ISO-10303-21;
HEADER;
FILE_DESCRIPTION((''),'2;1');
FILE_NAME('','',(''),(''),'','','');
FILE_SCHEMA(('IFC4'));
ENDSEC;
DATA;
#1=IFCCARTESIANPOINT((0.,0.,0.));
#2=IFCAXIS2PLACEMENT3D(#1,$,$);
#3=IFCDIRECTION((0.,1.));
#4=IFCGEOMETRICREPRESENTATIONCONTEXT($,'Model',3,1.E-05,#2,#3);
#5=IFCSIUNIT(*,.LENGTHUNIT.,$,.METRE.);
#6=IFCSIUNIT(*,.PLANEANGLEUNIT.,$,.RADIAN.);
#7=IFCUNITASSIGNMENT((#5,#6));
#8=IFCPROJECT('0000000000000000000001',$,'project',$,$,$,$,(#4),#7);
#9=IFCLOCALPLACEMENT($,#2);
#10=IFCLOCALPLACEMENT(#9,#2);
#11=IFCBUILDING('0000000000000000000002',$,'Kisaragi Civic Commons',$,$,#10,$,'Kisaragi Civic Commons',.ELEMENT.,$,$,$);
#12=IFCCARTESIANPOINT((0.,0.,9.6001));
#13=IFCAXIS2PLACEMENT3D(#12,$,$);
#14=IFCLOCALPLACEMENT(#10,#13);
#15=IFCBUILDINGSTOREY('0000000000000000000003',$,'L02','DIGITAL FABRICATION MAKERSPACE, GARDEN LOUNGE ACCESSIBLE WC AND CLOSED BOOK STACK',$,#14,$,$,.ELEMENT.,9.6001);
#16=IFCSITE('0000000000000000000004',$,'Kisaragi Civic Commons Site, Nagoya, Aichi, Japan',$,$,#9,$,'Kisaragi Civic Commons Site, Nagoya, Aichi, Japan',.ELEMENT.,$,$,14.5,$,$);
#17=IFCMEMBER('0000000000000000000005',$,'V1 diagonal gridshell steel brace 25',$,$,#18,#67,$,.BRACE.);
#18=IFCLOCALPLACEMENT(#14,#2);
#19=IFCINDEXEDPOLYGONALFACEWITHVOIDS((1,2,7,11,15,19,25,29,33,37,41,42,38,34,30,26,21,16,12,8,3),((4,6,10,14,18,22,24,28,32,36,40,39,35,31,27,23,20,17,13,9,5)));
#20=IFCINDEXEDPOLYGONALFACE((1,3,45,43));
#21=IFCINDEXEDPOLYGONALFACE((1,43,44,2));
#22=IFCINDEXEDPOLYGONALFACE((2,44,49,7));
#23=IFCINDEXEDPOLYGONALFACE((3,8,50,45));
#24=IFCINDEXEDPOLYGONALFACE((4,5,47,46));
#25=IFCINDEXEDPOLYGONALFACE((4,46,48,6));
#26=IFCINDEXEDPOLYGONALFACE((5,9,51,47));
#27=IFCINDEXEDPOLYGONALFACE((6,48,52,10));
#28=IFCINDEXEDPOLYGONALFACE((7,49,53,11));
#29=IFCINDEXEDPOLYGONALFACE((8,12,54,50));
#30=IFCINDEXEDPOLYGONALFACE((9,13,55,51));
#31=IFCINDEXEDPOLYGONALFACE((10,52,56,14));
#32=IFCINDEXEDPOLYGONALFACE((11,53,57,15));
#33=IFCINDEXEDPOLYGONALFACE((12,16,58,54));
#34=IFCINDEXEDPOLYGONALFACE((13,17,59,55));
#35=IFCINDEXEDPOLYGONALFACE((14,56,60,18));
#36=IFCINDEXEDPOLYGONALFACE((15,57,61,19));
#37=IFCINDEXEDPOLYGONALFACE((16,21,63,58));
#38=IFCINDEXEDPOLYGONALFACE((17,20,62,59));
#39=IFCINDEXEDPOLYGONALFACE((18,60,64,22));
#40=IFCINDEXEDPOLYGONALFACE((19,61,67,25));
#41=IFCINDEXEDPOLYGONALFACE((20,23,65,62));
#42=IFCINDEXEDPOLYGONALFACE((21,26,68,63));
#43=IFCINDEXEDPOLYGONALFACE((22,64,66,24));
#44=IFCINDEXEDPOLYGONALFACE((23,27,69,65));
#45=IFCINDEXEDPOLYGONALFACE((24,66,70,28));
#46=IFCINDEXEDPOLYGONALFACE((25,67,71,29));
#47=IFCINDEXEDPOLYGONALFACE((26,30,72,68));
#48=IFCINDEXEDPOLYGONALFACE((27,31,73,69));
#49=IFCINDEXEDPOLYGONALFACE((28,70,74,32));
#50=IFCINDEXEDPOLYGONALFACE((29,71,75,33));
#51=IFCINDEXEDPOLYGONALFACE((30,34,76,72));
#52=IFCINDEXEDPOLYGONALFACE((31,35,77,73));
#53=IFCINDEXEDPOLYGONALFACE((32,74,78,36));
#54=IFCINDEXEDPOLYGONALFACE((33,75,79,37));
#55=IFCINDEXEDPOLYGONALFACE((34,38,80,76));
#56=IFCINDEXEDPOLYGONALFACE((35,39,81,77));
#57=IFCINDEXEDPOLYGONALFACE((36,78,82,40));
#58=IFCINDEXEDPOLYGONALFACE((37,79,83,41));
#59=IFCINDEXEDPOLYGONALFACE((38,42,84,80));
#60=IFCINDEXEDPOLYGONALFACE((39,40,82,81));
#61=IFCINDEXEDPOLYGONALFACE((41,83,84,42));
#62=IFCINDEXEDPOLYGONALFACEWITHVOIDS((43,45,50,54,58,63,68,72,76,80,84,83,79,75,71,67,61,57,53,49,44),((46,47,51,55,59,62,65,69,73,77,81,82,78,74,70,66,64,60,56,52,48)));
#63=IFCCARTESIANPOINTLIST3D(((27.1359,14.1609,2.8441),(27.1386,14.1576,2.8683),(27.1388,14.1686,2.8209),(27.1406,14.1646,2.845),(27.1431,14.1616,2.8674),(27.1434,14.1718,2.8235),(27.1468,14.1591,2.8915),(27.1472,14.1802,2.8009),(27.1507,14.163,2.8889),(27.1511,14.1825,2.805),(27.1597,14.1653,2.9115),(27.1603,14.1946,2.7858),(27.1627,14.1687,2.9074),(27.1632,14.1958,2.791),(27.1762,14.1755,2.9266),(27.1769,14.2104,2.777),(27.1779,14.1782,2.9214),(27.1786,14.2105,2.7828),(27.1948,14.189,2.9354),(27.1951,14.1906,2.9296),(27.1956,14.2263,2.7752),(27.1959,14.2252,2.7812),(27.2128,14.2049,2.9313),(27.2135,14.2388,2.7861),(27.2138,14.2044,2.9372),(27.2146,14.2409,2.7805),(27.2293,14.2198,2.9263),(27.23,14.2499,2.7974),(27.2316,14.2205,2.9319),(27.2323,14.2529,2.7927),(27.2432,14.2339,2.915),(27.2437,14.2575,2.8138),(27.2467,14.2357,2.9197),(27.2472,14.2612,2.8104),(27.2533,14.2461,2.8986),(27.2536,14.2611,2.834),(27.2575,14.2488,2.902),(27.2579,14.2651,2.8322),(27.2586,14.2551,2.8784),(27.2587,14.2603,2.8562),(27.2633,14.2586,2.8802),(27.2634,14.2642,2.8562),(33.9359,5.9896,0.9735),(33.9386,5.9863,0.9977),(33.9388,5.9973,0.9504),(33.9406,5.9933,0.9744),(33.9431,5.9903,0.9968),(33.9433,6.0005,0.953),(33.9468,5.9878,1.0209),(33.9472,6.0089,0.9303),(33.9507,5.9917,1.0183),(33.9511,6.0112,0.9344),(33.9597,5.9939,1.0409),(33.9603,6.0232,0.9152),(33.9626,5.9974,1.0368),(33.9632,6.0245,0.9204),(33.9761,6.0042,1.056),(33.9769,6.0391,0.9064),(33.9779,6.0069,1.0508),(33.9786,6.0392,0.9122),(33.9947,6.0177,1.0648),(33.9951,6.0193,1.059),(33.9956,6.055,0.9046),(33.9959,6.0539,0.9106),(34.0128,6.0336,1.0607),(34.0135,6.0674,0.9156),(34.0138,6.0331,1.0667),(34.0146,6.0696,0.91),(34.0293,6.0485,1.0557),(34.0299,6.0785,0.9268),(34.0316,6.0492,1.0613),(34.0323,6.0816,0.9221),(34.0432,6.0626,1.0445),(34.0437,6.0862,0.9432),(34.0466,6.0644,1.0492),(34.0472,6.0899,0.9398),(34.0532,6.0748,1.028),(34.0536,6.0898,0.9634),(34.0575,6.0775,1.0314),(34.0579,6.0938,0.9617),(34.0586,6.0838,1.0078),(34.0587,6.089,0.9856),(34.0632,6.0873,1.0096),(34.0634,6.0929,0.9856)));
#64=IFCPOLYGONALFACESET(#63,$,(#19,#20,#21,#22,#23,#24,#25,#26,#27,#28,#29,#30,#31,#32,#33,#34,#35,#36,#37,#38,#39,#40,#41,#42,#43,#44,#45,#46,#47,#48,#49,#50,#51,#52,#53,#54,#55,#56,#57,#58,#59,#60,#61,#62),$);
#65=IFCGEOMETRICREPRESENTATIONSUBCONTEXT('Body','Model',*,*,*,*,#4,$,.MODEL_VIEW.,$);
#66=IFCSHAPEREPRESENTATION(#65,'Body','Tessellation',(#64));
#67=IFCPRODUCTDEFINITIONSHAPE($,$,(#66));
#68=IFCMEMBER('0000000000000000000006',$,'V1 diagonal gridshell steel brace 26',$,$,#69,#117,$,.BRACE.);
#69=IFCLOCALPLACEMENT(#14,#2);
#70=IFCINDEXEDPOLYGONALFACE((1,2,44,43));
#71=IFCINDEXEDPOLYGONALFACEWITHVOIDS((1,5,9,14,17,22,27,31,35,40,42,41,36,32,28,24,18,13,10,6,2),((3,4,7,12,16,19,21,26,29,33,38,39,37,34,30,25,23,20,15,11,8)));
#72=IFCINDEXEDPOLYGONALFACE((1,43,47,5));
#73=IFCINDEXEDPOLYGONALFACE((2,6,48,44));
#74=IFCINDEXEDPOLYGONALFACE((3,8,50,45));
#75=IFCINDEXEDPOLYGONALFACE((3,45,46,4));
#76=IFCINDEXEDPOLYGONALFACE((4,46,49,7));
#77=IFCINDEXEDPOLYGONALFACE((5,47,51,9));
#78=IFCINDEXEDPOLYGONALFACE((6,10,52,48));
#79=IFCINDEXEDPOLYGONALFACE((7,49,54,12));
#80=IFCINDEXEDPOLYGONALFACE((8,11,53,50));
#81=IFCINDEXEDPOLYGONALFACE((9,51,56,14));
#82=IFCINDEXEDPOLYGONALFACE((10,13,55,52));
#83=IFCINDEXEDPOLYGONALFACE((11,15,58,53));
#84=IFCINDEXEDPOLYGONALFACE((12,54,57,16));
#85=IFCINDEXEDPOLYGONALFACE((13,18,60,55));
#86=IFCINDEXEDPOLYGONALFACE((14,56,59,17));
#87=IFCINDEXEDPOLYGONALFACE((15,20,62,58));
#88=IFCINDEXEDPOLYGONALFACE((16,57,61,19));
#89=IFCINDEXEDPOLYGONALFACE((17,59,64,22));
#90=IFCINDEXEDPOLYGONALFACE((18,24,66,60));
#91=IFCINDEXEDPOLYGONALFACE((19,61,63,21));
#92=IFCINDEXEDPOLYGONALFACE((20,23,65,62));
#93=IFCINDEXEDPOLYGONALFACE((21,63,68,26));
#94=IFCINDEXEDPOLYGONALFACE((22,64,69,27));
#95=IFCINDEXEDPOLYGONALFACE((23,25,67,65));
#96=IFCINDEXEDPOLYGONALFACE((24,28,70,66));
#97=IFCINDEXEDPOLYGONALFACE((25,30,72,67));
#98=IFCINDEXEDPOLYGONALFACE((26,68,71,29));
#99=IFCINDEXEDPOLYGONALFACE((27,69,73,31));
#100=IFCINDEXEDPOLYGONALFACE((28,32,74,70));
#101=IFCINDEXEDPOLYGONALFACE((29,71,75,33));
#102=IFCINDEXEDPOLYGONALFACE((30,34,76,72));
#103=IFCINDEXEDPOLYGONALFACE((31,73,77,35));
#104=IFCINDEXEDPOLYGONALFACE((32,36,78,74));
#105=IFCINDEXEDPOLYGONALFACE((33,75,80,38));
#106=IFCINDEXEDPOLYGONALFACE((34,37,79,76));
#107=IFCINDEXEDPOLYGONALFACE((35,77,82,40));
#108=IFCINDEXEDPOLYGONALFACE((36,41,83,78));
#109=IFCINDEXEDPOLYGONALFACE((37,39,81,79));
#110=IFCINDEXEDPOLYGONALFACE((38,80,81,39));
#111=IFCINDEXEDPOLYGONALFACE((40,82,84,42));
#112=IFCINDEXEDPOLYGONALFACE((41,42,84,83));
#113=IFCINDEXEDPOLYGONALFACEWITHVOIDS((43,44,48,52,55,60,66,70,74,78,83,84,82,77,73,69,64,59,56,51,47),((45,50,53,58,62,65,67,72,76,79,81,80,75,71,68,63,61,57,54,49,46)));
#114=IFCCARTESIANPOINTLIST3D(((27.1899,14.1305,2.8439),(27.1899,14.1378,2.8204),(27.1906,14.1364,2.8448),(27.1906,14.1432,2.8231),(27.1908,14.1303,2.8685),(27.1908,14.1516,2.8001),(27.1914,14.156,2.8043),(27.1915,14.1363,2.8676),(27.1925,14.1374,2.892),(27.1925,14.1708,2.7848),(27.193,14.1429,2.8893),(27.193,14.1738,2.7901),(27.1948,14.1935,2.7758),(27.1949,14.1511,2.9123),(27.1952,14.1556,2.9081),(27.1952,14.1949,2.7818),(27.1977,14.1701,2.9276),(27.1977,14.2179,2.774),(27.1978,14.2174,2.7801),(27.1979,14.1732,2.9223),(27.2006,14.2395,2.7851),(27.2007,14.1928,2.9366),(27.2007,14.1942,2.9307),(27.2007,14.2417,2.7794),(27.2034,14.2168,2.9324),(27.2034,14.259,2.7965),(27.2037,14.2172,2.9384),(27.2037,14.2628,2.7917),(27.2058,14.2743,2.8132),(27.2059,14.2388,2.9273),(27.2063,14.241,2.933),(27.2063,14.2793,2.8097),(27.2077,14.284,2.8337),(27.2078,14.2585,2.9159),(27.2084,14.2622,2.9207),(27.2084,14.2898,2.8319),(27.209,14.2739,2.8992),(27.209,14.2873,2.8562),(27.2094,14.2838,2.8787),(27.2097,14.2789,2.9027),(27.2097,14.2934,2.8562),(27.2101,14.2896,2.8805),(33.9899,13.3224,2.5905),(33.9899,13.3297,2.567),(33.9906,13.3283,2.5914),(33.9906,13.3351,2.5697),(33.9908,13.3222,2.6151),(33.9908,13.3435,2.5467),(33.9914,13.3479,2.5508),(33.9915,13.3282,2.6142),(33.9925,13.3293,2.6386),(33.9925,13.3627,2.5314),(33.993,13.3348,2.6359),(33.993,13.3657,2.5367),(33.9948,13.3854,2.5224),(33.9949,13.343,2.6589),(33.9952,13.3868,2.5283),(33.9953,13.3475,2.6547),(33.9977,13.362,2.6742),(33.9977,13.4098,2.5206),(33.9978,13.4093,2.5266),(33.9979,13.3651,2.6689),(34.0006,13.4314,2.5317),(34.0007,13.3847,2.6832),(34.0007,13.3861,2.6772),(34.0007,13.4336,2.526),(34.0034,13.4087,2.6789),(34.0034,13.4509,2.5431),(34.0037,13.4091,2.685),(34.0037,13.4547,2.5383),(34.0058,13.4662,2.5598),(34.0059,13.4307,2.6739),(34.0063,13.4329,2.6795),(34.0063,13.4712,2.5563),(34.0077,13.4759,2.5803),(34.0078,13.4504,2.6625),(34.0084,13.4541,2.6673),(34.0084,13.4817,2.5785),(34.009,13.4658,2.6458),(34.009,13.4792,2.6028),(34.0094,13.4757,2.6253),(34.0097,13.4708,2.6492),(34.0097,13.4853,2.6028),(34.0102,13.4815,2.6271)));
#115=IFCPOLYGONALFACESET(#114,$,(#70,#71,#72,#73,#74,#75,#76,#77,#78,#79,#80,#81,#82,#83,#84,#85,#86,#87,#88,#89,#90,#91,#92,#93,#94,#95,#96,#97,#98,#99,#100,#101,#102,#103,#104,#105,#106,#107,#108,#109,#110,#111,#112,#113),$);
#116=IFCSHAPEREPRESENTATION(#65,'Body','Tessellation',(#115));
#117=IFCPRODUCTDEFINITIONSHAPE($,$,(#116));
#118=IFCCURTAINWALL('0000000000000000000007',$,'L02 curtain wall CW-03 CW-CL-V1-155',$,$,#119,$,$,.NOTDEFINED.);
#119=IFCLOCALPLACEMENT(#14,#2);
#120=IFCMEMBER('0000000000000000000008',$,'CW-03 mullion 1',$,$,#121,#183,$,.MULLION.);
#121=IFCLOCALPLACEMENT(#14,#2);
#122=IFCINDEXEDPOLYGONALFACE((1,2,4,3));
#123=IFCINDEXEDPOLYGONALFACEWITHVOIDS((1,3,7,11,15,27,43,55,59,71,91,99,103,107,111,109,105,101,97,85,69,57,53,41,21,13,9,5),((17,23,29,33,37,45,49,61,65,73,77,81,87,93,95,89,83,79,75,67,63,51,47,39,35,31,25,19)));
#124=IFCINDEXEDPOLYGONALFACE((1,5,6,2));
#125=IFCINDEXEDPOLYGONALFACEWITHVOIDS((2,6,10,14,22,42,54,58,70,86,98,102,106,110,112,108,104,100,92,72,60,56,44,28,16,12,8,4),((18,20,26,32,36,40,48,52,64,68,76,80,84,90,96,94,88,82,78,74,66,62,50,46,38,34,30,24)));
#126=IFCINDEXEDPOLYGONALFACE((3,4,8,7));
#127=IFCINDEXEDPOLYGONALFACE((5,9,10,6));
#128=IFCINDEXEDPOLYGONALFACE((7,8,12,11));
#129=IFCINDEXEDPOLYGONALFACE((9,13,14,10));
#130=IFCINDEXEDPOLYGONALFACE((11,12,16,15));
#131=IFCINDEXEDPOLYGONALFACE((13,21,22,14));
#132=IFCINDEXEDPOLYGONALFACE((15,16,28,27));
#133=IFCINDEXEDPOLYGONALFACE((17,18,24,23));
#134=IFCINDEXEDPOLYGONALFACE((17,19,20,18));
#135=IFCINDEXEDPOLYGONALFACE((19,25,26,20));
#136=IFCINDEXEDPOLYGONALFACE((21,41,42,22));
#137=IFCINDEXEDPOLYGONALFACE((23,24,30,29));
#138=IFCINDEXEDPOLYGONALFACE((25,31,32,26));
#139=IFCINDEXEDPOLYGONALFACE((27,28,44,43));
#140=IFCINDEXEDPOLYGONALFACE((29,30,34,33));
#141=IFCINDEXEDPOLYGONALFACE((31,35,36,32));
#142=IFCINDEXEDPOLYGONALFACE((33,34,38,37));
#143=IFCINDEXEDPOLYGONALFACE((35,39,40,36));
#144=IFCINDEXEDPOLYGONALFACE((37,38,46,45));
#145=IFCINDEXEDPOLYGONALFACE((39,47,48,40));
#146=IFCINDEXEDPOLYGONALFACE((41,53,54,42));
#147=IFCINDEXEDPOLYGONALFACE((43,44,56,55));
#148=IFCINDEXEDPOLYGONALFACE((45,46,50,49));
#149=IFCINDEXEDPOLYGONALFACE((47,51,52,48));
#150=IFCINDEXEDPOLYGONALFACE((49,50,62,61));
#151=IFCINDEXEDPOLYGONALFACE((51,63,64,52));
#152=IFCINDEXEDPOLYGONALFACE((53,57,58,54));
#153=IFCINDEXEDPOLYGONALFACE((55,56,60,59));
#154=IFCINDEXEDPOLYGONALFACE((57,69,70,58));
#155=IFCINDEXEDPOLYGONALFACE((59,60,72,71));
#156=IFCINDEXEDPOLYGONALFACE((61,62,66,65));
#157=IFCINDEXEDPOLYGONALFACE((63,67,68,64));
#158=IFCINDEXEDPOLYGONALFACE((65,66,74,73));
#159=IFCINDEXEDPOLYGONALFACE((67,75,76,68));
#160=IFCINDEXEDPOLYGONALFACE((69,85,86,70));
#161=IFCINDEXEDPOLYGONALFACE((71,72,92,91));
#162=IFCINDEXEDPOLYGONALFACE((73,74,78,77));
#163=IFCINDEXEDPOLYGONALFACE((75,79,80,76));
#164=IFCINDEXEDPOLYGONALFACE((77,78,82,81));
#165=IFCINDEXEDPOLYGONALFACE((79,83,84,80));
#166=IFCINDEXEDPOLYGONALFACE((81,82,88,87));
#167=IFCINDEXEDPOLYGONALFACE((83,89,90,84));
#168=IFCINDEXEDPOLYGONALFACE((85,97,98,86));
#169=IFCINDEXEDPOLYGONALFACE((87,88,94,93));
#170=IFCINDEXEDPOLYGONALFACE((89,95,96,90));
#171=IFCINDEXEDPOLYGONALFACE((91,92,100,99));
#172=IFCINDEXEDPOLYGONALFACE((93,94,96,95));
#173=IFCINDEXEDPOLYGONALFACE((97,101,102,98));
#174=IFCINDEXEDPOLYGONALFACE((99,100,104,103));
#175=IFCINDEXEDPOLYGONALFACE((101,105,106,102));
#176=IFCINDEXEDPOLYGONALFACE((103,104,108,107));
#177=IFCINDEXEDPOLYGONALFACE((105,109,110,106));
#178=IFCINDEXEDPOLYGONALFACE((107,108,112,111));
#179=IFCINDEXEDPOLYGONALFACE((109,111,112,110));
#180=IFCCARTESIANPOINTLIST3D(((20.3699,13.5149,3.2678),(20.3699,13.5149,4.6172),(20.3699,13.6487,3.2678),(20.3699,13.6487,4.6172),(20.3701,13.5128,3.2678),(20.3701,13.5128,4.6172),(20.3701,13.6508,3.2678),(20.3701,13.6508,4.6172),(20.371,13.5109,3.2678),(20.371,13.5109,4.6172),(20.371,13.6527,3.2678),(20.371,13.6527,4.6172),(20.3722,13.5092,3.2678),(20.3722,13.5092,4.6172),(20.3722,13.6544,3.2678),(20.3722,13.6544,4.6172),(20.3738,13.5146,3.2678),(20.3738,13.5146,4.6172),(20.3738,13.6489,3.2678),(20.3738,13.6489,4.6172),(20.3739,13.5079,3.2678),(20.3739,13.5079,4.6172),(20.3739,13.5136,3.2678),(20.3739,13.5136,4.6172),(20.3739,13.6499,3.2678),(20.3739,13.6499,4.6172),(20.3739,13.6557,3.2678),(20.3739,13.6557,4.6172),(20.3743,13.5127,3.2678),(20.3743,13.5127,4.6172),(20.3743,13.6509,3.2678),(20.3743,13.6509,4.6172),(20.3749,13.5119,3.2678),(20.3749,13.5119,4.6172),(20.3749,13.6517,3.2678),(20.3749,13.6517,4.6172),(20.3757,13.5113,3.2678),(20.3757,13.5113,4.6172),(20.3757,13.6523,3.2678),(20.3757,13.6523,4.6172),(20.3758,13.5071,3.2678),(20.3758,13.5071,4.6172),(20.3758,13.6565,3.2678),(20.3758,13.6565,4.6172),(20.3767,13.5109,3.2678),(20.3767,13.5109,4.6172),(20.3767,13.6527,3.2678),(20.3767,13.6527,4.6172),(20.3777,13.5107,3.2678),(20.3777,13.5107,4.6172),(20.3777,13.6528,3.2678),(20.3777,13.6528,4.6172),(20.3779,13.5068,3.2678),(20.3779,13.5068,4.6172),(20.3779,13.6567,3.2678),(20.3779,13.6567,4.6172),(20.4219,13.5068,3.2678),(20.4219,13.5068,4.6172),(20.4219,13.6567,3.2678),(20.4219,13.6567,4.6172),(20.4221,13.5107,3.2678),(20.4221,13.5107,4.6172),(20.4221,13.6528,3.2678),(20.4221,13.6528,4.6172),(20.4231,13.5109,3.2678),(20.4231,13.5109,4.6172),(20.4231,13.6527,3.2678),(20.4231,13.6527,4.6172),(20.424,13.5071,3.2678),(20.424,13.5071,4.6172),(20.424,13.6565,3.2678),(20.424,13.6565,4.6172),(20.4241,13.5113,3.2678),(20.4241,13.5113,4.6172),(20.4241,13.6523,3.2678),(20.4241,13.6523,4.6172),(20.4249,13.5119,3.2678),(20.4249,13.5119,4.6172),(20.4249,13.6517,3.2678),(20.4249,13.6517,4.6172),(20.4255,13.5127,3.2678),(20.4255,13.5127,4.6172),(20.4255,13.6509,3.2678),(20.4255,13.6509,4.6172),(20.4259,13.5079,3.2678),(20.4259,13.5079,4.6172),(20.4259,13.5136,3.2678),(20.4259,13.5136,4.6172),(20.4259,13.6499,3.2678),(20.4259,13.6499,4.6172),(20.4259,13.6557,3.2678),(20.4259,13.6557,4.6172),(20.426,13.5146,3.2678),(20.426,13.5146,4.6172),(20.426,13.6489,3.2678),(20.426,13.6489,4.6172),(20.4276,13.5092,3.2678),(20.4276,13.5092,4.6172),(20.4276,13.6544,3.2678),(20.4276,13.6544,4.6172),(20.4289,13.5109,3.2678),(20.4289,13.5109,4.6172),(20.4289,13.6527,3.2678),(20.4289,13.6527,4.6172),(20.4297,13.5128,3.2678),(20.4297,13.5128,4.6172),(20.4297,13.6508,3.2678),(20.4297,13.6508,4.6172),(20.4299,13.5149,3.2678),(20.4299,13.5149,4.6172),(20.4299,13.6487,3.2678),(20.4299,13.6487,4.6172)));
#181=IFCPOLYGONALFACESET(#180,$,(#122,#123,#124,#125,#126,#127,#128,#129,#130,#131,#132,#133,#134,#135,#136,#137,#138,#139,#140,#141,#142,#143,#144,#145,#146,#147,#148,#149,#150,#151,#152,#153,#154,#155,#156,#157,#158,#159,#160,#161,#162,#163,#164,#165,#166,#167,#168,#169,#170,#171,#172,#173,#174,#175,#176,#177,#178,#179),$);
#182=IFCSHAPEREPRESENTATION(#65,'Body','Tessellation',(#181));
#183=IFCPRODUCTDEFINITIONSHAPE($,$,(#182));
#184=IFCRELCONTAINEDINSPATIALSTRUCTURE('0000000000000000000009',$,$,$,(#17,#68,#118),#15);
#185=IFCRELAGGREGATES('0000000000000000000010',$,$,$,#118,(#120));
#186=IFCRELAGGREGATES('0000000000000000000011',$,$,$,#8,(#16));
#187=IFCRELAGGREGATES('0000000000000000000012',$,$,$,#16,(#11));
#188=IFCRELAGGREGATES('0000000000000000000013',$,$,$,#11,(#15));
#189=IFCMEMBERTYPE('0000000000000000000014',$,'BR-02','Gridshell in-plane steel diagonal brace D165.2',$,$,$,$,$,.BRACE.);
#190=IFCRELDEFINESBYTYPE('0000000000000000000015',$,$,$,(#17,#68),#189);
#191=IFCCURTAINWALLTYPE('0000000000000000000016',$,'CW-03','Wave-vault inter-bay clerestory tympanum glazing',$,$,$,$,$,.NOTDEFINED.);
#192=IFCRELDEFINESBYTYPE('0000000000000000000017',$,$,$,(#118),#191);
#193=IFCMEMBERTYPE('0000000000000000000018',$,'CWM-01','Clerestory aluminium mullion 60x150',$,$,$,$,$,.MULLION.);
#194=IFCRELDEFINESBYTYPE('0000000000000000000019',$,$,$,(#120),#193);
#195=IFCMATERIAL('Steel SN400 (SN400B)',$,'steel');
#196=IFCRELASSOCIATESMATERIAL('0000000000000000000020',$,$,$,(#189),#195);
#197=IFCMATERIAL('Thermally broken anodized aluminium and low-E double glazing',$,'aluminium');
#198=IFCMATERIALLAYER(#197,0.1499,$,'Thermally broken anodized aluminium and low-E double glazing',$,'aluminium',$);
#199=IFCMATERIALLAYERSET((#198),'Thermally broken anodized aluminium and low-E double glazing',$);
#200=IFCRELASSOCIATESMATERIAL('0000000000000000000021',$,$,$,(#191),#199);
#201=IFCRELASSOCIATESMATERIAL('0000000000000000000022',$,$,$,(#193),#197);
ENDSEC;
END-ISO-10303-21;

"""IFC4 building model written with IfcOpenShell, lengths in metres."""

from ifc_helpers import new_model, si_unit, direction, frame, origin, origin_2d, place, context, subcontext, project, spatial, hollow_rectangle, hollow_circle, extrude, material, layer, layer_set, material_profile, profile_set, type_object, element, aggregate, save


model = new_model("IFC4")

# Units and contexts
model_context = context("Model", 3, precision=1e-05, world=origin(), true_north=direction((0.0, 1.0)))
body_context = subcontext(model_context, "Body", "Model", "MODEL_VIEW")
ifc_project = project(units=[si_unit("LENGTHUNIT", "METRE"), si_unit("PLANEANGLEUNIT", "RADIAN")], contexts=[model_context])

# Site, building, storey
site_placement = place(None, origin())
site = spatial("IfcSite", under=ifc_project, at=site_placement, Name="Kisaragi Civic Commons Site, Nagoya, Aichi, Japan", LongName="Kisaragi Civic Commons Site, Nagoya, Aichi, Japan", CompositionType="ELEMENT", RefElevation=14.5)
building_placement = place(site_placement, origin())
building = spatial("IfcBuilding", under=site, at=building_placement, Name="Kisaragi Civic Commons", LongName="Kisaragi Civic Commons", CompositionType="ELEMENT")
storey_placement = place(building_placement, frame((0.0, 0.0, 9.6001)))
storey = spatial("IfcBuildingStorey", under=building, at=storey_placement, Name="L02", Description="DIGITAL FABRICATION MAKERSPACE, GARDEN LOUNGE ACCESSIBLE WC AND CLOSED BOOK STACK", CompositionType="ELEMENT", Elevation=9.6001)

# Members
ifc_material_1 = material(Name="Steel SN400 (SN400B)", Category="steel")
ifc_material_profile_1 = material_profile(ifc_material_1, hollow_circle(Radius=0.0825, WallThickness=0.0061, at=origin_2d()), Name="CHS-165.2x6.0", Category="steel")
ifc_profile_set_1 = profile_set([ifc_material_profile_1], Name="Steel SN400 (SN400B)")
member_type_1 = type_object("IfcMemberType", Name="BR-02", Description="Gridshell in-plane steel diagonal brace D165.2", PredefinedType="BRACE", material=ifc_profile_set_1)
member_1_placement = place(storey_placement, frame((27.2, 14.2114, 2.8562), z_axis=(0.629982, -0.757027, -0.1733), x_axis=(0.768658, 0.63966, 0.0)))
element("IfcMember", 1, at=member_1_placement, inside=storey, type_object=member_type_1, Name="V1 diagonal gridshell steel brace 25", PredefinedType="BRACE", context=body_context, shape_type="SweptSolid", body=[
    extrude(hollow_circle(Radius=0.0825, WallThickness=0.0061, at=origin_2d()), origin(), (0.0, 0.0, 1.0), 10.7939),
])
member_2_placement = place(storey_placement, frame((27.2, 14.2114, 2.8562), z_axis=(0.992333, -0.117927, -0.036981), x_axis=(0.118008, 0.993013, 0.0)))
element("IfcMember", 2, at=member_2_placement, inside=storey, type_object=member_type_1, Name="V1 diagonal gridshell steel brace 26", PredefinedType="BRACE", context=body_context, shape_type="SweptSolid", body=[
    extrude(hollow_circle(Radius=0.0825, WallThickness=0.0061, at=origin_2d()), origin(), (0.0, 0.0, 1.0), 6.8525),
])

# Curtain wall, member
ifc_material_2 = material(Name="Thermally broken anodized aluminium and low-E double glazing", Category="aluminium")
ifc_layer_1 = layer(ifc_material_2, 0.1499, Name="Thermally broken anodized aluminium and low-E double glazing", Category="aluminium")
ifc_layer_set_1 = layer_set([ifc_layer_1], Name="Thermally broken anodized aluminium and low-E double glazing")
curtain_wall_type = type_object("IfcCurtainWallType", Name="CW-03", Description="Wave-vault inter-bay clerestory tympanum glazing", PredefinedType="NOTDEFINED", material=ifc_layer_set_1)
curtain_wall_1_placement = place(storey_placement, origin())
curtain_wall_1 = element("IfcCurtainWall", 3, at=curtain_wall_1_placement, inside=storey, type_object=curtain_wall_type, Name="L02 curtain wall CW-03 CW-CL-V1-155", PredefinedType="NOTDEFINED")
ifc_material_profile_2 = material_profile(ifc_material_2, hollow_rectangle(XDim=0.0601, YDim=0.1499, WallThickness=0.0039, InnerFilletRadius=0.0039, OuterFilletRadius=0.0081, at=origin_2d()), Name="CWM-60x150x4", Category="aluminium")
ifc_profile_set_2 = profile_set([ifc_material_profile_2], Name="Thermally broken anodized aluminium and low-E double glazing")
member_type_2 = type_object("IfcMemberType", Name="CWM-01", Description="Clerestory aluminium mullion 60x150", PredefinedType="MULLION", material=ifc_profile_set_2)
member_3_placement = place(storey_placement, frame((20.3999, 13.5818, 3.2678), z_axis=(0.0, 0.0, 1.0), x_axis=(-1.0, 0.0, 0.0)))
member_3 = element("IfcMember", 4, at=member_3_placement, type_object=member_type_2, Name="CW-03 mullion 1", PredefinedType="MULLION", context=body_context, shape_type="SweptSolid", body=[
    extrude(hollow_rectangle(XDim=0.0601, YDim=0.1499, WallThickness=0.0039, InnerFilletRadius=0.0039, OuterFilletRadius=0.0081, at=origin_2d()), origin(), (0.0, 0.0, 1.0), 1.3494),
])

aggregate(curtain_wall_1, [member_3])

save(model, "model.ifc")
